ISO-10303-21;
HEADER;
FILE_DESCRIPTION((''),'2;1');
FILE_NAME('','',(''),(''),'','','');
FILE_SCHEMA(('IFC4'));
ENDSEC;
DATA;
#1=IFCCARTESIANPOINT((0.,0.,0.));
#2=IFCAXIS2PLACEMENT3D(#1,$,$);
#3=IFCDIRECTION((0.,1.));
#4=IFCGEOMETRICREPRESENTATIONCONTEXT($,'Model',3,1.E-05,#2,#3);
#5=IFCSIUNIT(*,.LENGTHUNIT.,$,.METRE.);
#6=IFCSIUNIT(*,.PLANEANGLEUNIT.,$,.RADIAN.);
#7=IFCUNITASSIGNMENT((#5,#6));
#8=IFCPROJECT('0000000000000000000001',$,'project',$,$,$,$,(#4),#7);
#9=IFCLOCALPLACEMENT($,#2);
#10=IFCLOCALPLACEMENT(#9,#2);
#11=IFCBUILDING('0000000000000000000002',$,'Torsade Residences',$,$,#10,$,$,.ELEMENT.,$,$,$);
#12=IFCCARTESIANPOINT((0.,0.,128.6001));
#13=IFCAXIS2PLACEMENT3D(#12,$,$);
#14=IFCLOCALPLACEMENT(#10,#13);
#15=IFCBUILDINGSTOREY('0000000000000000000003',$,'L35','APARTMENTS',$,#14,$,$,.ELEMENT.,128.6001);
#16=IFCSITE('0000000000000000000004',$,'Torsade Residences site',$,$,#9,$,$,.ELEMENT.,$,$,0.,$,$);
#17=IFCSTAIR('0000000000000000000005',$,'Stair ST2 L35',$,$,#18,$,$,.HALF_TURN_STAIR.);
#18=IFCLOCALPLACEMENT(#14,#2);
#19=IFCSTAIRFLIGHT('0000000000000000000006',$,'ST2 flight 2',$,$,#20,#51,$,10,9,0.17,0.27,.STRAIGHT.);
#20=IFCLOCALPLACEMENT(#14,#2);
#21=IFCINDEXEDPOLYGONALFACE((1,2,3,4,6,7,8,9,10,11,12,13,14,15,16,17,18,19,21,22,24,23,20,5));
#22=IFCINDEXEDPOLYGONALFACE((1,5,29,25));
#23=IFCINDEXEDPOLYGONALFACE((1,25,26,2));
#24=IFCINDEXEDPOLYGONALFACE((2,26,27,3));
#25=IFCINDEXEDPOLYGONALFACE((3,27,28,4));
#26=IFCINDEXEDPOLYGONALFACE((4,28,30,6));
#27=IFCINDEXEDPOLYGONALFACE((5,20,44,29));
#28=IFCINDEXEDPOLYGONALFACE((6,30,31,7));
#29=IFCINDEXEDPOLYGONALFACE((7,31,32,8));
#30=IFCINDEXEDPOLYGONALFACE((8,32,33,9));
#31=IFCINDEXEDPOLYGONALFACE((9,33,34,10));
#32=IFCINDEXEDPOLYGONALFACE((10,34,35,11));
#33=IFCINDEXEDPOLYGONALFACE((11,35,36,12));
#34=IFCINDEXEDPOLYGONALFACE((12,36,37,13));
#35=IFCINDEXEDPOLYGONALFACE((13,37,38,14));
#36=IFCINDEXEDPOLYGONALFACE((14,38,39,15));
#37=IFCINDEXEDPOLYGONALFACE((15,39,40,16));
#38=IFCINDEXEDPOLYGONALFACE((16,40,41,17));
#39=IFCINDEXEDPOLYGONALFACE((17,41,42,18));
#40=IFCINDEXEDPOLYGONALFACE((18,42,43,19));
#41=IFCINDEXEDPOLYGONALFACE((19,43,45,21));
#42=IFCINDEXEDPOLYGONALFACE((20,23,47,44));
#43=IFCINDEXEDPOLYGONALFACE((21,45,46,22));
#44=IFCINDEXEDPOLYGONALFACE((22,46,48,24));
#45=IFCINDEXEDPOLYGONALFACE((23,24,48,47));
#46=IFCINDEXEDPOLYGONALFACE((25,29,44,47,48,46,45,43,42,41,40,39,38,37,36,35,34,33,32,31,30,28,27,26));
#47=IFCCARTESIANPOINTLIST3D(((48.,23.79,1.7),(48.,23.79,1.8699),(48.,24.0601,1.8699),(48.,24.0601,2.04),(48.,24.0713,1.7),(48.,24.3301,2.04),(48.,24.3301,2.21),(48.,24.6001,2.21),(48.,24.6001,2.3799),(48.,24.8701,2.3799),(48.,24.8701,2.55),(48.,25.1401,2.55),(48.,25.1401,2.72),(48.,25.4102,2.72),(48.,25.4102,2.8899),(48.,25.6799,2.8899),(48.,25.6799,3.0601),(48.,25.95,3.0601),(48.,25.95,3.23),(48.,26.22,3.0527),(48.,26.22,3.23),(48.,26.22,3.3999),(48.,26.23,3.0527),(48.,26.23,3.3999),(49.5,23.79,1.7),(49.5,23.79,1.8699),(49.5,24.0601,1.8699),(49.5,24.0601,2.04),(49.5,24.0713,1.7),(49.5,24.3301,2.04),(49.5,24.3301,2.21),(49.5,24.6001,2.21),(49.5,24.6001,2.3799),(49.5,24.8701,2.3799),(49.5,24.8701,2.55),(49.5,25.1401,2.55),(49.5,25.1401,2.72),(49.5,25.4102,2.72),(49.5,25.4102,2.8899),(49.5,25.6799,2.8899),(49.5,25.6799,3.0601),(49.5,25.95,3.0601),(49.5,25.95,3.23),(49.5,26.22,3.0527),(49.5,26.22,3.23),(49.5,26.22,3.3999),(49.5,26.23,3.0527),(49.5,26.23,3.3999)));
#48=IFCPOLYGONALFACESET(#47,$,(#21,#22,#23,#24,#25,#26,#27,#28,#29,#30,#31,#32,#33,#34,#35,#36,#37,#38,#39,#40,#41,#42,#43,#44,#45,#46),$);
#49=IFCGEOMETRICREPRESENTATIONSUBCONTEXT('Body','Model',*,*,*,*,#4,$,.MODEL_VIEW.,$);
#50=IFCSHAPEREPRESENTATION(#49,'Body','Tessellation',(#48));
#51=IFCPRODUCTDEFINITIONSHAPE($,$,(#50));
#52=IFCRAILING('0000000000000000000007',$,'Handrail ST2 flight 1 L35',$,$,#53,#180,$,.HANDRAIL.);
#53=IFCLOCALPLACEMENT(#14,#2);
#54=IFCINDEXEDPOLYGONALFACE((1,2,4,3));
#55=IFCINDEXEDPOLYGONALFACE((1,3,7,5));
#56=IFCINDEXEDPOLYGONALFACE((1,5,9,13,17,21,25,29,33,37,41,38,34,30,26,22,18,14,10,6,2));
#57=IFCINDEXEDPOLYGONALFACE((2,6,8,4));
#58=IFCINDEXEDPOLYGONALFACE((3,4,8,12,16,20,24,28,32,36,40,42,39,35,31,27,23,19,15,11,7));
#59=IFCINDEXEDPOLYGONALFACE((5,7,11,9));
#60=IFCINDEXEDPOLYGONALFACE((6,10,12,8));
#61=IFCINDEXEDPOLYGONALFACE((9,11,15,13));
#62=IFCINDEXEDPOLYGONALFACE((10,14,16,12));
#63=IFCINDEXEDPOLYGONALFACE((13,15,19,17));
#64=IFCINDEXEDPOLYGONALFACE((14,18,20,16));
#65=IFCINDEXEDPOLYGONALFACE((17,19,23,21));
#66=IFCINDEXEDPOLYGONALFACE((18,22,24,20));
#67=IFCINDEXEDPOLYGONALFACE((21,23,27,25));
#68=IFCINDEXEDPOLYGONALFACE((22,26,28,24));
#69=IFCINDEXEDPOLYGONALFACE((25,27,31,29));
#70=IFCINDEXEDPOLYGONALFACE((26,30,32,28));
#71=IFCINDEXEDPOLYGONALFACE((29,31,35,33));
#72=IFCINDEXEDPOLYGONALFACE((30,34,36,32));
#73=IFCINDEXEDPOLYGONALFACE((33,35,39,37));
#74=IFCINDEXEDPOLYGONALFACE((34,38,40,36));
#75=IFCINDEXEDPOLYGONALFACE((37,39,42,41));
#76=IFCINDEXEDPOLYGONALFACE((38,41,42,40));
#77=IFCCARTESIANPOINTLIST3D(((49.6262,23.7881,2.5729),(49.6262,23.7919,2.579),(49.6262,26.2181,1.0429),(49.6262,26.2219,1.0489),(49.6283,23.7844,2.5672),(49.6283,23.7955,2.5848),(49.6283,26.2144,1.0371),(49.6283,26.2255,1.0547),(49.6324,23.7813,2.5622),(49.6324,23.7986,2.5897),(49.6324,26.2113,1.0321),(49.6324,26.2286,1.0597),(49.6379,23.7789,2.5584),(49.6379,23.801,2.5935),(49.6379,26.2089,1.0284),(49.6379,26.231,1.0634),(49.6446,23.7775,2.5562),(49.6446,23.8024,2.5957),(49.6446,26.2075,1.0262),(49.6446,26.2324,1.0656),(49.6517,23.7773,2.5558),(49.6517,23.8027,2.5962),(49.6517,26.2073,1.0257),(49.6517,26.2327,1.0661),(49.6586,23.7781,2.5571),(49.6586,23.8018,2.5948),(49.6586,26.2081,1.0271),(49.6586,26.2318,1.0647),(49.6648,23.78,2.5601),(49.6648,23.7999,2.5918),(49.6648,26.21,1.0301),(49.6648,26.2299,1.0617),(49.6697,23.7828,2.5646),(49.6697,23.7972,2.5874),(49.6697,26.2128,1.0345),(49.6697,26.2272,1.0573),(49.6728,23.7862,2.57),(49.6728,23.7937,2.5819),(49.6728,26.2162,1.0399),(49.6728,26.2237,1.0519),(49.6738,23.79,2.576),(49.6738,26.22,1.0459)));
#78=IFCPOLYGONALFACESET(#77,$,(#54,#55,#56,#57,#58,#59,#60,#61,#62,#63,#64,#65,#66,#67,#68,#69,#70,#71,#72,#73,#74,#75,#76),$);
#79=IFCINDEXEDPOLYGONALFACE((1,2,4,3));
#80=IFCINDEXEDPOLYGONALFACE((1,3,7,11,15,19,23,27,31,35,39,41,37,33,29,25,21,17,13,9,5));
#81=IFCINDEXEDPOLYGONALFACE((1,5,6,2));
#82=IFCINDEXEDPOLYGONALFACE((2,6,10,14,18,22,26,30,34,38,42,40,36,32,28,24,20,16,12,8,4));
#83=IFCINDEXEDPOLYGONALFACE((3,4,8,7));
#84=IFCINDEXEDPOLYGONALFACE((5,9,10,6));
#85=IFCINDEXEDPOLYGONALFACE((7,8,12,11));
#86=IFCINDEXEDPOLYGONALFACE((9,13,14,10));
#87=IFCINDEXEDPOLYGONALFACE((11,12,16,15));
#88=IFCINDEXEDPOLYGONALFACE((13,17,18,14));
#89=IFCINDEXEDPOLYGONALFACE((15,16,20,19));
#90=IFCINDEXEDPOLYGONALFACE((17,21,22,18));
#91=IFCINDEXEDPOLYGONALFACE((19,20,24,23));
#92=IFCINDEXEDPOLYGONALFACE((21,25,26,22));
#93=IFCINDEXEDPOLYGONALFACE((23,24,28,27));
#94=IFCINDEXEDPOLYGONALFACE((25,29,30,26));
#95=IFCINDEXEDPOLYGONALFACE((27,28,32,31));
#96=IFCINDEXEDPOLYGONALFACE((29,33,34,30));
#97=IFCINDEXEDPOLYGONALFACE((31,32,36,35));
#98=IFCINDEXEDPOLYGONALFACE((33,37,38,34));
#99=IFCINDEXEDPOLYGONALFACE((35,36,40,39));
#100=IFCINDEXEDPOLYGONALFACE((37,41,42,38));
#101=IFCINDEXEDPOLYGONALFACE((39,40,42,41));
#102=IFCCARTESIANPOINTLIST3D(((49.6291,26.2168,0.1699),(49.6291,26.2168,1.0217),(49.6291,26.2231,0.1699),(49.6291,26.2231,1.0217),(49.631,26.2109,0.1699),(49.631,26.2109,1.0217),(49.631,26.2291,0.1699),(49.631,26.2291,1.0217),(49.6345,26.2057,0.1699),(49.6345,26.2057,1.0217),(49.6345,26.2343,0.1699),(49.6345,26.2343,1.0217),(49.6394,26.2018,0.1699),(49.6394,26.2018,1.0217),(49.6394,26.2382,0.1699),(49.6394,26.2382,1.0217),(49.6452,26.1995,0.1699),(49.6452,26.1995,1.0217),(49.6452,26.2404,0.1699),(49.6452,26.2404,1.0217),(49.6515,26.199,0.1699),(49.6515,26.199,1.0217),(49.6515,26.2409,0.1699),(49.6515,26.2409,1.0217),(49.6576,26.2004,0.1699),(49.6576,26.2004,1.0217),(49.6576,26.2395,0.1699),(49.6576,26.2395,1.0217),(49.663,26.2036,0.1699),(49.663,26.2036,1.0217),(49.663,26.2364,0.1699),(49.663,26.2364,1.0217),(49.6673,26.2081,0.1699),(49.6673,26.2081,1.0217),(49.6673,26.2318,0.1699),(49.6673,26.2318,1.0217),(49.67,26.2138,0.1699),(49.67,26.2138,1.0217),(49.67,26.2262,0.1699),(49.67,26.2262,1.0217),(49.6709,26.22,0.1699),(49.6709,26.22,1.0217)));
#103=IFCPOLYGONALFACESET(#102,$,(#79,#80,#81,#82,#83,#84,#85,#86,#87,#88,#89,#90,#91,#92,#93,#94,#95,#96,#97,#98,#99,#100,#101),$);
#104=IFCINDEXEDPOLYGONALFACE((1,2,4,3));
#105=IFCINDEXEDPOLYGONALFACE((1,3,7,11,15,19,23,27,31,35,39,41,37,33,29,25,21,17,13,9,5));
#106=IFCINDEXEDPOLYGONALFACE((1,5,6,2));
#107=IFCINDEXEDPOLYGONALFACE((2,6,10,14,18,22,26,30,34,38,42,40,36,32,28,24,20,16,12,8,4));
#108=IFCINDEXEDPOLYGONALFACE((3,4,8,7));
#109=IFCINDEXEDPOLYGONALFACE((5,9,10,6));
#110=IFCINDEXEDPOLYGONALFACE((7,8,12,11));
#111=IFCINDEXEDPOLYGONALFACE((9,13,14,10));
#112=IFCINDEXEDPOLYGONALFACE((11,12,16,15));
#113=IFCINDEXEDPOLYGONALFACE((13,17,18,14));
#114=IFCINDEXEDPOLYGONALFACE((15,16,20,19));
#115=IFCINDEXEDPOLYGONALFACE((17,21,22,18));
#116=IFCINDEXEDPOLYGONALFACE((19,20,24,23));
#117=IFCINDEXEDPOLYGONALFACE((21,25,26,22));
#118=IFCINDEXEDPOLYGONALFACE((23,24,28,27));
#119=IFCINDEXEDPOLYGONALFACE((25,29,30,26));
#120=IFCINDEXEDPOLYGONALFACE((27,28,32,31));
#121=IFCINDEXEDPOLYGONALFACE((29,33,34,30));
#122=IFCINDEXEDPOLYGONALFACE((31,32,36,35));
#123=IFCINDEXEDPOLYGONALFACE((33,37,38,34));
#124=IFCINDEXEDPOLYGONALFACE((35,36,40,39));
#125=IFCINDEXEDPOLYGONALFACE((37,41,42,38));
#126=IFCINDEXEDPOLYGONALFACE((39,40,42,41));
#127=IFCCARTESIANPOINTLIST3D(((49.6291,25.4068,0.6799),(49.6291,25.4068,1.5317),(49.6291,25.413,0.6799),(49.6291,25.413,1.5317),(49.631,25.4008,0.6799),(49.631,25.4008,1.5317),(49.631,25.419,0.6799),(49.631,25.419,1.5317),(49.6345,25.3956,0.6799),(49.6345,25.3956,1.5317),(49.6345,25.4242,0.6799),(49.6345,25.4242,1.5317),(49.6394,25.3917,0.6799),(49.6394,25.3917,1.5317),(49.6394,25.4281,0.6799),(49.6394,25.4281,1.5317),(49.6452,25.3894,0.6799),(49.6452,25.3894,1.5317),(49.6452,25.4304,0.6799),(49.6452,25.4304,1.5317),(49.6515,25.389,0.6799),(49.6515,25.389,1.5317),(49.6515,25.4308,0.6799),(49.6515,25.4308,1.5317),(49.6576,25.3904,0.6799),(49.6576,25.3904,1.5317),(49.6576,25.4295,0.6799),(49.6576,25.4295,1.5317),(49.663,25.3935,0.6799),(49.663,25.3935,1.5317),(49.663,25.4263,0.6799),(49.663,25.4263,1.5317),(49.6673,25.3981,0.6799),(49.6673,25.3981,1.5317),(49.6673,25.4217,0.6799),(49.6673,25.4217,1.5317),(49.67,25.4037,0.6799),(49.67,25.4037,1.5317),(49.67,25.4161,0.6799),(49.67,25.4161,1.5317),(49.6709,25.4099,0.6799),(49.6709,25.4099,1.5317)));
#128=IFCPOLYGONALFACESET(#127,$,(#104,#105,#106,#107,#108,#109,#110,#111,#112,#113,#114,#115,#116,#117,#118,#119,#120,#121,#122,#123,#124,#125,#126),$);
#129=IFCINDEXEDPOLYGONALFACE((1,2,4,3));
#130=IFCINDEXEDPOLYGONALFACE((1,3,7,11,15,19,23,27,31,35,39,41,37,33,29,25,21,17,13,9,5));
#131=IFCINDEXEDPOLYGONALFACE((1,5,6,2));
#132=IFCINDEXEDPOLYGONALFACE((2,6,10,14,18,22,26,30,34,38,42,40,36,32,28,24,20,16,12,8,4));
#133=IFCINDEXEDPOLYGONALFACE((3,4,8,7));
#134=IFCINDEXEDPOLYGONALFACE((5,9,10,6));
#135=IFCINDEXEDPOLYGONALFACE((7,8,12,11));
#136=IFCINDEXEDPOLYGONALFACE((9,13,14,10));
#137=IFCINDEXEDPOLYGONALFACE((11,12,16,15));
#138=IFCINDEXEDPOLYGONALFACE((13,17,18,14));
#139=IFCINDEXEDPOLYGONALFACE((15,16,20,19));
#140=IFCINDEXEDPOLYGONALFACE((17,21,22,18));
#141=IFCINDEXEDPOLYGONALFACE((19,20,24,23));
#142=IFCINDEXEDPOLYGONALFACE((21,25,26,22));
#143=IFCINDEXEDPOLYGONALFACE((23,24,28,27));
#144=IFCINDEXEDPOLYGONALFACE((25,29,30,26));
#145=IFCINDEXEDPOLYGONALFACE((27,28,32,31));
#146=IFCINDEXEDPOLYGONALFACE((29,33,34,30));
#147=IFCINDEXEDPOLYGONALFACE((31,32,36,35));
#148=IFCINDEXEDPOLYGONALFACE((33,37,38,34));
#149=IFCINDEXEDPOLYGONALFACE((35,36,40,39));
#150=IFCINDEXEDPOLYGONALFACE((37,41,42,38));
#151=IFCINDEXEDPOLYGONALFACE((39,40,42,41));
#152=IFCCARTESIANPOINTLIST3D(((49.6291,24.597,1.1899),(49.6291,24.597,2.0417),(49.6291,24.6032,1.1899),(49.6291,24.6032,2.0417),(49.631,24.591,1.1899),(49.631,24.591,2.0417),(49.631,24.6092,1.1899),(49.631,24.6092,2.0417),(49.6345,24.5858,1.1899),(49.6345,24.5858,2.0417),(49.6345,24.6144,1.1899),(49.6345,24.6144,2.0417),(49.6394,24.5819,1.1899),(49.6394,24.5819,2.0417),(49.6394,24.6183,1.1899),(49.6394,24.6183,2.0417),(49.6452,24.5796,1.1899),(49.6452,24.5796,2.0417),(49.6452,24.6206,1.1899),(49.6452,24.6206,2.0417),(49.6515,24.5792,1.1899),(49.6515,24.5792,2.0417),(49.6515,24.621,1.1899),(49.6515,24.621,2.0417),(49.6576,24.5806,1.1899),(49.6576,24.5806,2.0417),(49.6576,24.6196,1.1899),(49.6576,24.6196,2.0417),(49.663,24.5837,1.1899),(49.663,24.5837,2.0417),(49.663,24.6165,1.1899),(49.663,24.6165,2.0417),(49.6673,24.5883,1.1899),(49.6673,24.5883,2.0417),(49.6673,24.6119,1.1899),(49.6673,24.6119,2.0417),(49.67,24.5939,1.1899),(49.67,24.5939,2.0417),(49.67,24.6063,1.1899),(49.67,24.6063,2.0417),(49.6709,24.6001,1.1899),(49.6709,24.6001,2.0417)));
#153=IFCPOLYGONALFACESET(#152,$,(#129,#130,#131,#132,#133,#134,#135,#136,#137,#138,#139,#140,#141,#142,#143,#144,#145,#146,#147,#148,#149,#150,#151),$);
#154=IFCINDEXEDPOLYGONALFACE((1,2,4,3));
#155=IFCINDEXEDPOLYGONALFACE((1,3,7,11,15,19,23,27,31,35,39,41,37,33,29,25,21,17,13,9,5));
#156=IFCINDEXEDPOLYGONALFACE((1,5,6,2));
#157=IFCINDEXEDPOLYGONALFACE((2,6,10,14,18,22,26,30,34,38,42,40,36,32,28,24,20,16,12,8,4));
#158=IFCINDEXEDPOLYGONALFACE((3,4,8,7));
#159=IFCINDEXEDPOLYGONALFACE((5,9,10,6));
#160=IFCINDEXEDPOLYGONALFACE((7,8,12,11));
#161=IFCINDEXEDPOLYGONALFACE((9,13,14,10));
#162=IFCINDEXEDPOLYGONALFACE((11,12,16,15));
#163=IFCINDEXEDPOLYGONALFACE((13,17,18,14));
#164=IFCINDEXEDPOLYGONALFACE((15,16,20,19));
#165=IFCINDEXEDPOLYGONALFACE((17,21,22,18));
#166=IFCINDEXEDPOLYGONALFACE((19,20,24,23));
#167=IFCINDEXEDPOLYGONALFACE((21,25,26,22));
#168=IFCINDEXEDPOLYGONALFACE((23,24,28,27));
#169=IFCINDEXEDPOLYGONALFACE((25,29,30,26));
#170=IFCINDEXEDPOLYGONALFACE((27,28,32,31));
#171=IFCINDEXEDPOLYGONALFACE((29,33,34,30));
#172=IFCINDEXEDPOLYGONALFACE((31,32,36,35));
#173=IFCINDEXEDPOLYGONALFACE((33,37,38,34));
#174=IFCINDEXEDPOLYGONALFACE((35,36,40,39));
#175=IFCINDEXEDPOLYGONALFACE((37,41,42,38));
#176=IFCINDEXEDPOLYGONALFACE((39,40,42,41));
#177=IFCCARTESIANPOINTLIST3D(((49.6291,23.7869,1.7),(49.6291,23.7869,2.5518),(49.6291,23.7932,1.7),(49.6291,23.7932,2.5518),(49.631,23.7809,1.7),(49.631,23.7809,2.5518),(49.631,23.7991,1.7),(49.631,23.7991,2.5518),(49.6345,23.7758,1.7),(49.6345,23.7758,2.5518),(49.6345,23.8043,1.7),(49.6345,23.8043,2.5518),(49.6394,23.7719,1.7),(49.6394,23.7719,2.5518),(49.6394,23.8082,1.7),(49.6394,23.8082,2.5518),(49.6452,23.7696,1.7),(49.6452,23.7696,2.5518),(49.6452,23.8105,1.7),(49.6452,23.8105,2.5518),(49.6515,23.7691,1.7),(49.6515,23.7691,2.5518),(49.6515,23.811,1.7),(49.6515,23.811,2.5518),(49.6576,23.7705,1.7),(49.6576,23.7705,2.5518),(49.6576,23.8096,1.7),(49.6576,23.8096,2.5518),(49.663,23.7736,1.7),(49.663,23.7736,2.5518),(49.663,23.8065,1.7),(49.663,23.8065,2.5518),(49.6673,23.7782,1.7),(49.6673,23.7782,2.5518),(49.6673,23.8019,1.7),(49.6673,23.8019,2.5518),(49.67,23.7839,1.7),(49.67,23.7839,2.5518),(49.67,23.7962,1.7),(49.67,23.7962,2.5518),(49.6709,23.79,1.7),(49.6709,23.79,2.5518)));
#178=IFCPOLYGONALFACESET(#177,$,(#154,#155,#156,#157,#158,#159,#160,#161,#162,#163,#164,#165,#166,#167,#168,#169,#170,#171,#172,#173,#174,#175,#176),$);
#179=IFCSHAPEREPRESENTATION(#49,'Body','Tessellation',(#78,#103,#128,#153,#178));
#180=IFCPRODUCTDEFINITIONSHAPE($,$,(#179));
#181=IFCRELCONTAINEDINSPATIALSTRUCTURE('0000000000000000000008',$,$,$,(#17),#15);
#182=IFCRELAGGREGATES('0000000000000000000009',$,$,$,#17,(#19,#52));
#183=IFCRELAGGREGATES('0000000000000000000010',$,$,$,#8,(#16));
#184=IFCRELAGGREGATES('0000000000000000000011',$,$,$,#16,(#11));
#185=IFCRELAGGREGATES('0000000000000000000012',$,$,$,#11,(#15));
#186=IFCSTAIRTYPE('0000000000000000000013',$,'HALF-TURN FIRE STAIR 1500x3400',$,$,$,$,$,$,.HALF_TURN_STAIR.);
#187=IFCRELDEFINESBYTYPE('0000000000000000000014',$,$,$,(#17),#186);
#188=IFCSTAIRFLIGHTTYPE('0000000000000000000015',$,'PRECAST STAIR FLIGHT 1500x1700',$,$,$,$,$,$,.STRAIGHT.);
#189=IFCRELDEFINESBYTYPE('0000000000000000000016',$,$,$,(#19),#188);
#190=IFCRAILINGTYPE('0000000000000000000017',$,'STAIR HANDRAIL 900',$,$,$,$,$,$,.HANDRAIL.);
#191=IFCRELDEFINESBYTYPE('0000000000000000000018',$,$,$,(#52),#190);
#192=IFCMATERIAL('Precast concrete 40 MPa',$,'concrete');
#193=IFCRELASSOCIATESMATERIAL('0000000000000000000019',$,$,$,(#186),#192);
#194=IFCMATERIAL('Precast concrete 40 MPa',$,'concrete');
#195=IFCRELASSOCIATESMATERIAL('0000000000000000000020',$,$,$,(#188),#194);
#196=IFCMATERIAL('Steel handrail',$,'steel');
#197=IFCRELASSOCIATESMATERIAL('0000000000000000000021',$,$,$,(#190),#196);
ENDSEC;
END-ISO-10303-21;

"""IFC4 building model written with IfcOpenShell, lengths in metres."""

from ifc_helpers import new_model, si_unit, direction, frame, origin, origin_2d, place, context, subcontext, project, spatial, polyline, circle, outline, extrude, material, type_object, element, aggregate, save


model = new_model("IFC4")

# Units and contexts
model_context = context("Model", 3, precision=1e-05, world=origin(), true_north=direction((0.0, 1.0)))
body_context = subcontext(model_context, "Body", "Model", "MODEL_VIEW")
ifc_project = project(units=[si_unit("LENGTHUNIT", "METRE"), si_unit("PLANEANGLEUNIT", "RADIAN")], contexts=[model_context])

# Site, building, storey
site_placement = place(None, origin())
site = spatial("IfcSite", under=ifc_project, at=site_placement, Name="Torsade Residences site", CompositionType="ELEMENT", RefElevation=0.0)
building_placement = place(site_placement, origin())
building = spatial("IfcBuilding", under=site, at=building_placement, Name="Torsade Residences", CompositionType="ELEMENT")
storey_placement = place(building_placement, frame((0.0, 0.0, 128.6001)))
storey = spatial("IfcBuildingStorey", under=building, at=storey_placement, Name="L35", Description="APARTMENTS", CompositionType="ELEMENT", Elevation=128.6001)

# Stair, stair flight, railing
ifc_material_1 = material(Name="Precast concrete 40 MPa", Category="concrete")
stair_type = type_object("IfcStairType", Name="HALF-TURN FIRE STAIR 1500x3400", PredefinedType="HALF_TURN_STAIR", material=ifc_material_1)
stair_placement = place(storey_placement, origin())
stair = element("IfcStair", 1, at=stair_placement, inside=storey, type_object=stair_type, Name="Stair ST2 L35", PredefinedType="HALF_TURN_STAIR")
ifc_material_2 = material(Name="Precast concrete 40 MPa", Category="concrete")
stair_flight_type = type_object("IfcStairFlightType", Name="PRECAST STAIR FLIGHT 1500x1700", PredefinedType="STRAIGHT", material=ifc_material_2)
stair_flight_1_placement = place(storey_placement, frame((48.75, 23.79, 1.7), z_axis=(0.0, 0.0, 1.0), x_axis=(0.0, 1.0, 0.0)))
stair_flight_1 = element("IfcStairFlight", 2, at=stair_flight_1_placement, type_object=stair_flight_type, Name="ST2 flight 2", NumberOfRisers=10, NumberOfTreads=9, PredefinedType="STRAIGHT", RiserHeight=0.17, TreadLength=0.27, context=body_context, shape_type="SweptSolid", body=[
    extrude(outline(polyline([(0.0, 0.0), (0.0, 0.1699), (0.27, 0.1699), (0.27, 0.3401), (0.54, 0.3401), (0.54, 0.51), (0.8101, 0.51), (0.8101, 0.6799), (1.0801, 0.6799), (1.0801, 0.8501), (1.3501, 0.8501), (1.3501, 1.02), (1.6201, 1.02), (1.6201, 1.1899), (1.8899, 1.1899), (1.8899, 1.3601), (2.1599, 1.3601), (2.1599, 1.53), (2.4299, 1.53), (2.4299, 1.7), (2.4399, 1.7), (2.4399, 1.3528), (2.4299, 1.3528), (0.2812, 0.0), (0.0, 0.0)])), frame((0.0, 0.75, 0.0), z_axis=(0.0, -1.0, 0.0), x_axis=(1.0, 0.0, 0.0)), (0.0, 0.0, 1.0), 1.5),
])
ifc_material_3 = material(Name="Steel handrail", Category="steel")
railing_type = type_object("IfcRailingType", Name="STAIR HANDRAIL 900", PredefinedType="HANDRAIL", material=ifc_material_3)
railing_1_placement = place(storey_placement, frame((49.6499, 26.22, 0.1699)))
railing_1 = element("IfcRailing", 3, at=railing_1_placement, type_object=railing_type, Name="Handrail ST2 flight 1 L35", PredefinedType="HANDRAIL", context=body_context, shape_type="SweptSolid", body=[
    extrude(circle(Radius=0.0239, at=origin_2d()), frame((0.0, 0.0, 0.876), z_axis=(0.0, -0.846221, 0.532831), x_axis=(1.0, 0.0, 0.0)), (0.0, 0.0, 1.0), 2.8716),
    extrude(circle(Radius=0.021, at=origin_2d()), origin(), (0.0, 0.0, 1.0), 0.8518),
    extrude(circle(Radius=0.021, at=origin_2d()), frame((0.0, -0.8101, 0.51)), (0.0, 0.0, 1.0), 0.8518),
    extrude(circle(Radius=0.021, at=origin_2d()), frame((0.0, -1.6199, 1.02)), (0.0, 0.0, 1.0), 0.8518),
    extrude(circle(Radius=0.021, at=origin_2d()), frame((0.0, -2.4299, 1.53)), (0.0, 0.0, 1.0), 0.8518),
])
aggregate(stair, [stair_flight_1, railing_1])

save(model, "model.ifc")
